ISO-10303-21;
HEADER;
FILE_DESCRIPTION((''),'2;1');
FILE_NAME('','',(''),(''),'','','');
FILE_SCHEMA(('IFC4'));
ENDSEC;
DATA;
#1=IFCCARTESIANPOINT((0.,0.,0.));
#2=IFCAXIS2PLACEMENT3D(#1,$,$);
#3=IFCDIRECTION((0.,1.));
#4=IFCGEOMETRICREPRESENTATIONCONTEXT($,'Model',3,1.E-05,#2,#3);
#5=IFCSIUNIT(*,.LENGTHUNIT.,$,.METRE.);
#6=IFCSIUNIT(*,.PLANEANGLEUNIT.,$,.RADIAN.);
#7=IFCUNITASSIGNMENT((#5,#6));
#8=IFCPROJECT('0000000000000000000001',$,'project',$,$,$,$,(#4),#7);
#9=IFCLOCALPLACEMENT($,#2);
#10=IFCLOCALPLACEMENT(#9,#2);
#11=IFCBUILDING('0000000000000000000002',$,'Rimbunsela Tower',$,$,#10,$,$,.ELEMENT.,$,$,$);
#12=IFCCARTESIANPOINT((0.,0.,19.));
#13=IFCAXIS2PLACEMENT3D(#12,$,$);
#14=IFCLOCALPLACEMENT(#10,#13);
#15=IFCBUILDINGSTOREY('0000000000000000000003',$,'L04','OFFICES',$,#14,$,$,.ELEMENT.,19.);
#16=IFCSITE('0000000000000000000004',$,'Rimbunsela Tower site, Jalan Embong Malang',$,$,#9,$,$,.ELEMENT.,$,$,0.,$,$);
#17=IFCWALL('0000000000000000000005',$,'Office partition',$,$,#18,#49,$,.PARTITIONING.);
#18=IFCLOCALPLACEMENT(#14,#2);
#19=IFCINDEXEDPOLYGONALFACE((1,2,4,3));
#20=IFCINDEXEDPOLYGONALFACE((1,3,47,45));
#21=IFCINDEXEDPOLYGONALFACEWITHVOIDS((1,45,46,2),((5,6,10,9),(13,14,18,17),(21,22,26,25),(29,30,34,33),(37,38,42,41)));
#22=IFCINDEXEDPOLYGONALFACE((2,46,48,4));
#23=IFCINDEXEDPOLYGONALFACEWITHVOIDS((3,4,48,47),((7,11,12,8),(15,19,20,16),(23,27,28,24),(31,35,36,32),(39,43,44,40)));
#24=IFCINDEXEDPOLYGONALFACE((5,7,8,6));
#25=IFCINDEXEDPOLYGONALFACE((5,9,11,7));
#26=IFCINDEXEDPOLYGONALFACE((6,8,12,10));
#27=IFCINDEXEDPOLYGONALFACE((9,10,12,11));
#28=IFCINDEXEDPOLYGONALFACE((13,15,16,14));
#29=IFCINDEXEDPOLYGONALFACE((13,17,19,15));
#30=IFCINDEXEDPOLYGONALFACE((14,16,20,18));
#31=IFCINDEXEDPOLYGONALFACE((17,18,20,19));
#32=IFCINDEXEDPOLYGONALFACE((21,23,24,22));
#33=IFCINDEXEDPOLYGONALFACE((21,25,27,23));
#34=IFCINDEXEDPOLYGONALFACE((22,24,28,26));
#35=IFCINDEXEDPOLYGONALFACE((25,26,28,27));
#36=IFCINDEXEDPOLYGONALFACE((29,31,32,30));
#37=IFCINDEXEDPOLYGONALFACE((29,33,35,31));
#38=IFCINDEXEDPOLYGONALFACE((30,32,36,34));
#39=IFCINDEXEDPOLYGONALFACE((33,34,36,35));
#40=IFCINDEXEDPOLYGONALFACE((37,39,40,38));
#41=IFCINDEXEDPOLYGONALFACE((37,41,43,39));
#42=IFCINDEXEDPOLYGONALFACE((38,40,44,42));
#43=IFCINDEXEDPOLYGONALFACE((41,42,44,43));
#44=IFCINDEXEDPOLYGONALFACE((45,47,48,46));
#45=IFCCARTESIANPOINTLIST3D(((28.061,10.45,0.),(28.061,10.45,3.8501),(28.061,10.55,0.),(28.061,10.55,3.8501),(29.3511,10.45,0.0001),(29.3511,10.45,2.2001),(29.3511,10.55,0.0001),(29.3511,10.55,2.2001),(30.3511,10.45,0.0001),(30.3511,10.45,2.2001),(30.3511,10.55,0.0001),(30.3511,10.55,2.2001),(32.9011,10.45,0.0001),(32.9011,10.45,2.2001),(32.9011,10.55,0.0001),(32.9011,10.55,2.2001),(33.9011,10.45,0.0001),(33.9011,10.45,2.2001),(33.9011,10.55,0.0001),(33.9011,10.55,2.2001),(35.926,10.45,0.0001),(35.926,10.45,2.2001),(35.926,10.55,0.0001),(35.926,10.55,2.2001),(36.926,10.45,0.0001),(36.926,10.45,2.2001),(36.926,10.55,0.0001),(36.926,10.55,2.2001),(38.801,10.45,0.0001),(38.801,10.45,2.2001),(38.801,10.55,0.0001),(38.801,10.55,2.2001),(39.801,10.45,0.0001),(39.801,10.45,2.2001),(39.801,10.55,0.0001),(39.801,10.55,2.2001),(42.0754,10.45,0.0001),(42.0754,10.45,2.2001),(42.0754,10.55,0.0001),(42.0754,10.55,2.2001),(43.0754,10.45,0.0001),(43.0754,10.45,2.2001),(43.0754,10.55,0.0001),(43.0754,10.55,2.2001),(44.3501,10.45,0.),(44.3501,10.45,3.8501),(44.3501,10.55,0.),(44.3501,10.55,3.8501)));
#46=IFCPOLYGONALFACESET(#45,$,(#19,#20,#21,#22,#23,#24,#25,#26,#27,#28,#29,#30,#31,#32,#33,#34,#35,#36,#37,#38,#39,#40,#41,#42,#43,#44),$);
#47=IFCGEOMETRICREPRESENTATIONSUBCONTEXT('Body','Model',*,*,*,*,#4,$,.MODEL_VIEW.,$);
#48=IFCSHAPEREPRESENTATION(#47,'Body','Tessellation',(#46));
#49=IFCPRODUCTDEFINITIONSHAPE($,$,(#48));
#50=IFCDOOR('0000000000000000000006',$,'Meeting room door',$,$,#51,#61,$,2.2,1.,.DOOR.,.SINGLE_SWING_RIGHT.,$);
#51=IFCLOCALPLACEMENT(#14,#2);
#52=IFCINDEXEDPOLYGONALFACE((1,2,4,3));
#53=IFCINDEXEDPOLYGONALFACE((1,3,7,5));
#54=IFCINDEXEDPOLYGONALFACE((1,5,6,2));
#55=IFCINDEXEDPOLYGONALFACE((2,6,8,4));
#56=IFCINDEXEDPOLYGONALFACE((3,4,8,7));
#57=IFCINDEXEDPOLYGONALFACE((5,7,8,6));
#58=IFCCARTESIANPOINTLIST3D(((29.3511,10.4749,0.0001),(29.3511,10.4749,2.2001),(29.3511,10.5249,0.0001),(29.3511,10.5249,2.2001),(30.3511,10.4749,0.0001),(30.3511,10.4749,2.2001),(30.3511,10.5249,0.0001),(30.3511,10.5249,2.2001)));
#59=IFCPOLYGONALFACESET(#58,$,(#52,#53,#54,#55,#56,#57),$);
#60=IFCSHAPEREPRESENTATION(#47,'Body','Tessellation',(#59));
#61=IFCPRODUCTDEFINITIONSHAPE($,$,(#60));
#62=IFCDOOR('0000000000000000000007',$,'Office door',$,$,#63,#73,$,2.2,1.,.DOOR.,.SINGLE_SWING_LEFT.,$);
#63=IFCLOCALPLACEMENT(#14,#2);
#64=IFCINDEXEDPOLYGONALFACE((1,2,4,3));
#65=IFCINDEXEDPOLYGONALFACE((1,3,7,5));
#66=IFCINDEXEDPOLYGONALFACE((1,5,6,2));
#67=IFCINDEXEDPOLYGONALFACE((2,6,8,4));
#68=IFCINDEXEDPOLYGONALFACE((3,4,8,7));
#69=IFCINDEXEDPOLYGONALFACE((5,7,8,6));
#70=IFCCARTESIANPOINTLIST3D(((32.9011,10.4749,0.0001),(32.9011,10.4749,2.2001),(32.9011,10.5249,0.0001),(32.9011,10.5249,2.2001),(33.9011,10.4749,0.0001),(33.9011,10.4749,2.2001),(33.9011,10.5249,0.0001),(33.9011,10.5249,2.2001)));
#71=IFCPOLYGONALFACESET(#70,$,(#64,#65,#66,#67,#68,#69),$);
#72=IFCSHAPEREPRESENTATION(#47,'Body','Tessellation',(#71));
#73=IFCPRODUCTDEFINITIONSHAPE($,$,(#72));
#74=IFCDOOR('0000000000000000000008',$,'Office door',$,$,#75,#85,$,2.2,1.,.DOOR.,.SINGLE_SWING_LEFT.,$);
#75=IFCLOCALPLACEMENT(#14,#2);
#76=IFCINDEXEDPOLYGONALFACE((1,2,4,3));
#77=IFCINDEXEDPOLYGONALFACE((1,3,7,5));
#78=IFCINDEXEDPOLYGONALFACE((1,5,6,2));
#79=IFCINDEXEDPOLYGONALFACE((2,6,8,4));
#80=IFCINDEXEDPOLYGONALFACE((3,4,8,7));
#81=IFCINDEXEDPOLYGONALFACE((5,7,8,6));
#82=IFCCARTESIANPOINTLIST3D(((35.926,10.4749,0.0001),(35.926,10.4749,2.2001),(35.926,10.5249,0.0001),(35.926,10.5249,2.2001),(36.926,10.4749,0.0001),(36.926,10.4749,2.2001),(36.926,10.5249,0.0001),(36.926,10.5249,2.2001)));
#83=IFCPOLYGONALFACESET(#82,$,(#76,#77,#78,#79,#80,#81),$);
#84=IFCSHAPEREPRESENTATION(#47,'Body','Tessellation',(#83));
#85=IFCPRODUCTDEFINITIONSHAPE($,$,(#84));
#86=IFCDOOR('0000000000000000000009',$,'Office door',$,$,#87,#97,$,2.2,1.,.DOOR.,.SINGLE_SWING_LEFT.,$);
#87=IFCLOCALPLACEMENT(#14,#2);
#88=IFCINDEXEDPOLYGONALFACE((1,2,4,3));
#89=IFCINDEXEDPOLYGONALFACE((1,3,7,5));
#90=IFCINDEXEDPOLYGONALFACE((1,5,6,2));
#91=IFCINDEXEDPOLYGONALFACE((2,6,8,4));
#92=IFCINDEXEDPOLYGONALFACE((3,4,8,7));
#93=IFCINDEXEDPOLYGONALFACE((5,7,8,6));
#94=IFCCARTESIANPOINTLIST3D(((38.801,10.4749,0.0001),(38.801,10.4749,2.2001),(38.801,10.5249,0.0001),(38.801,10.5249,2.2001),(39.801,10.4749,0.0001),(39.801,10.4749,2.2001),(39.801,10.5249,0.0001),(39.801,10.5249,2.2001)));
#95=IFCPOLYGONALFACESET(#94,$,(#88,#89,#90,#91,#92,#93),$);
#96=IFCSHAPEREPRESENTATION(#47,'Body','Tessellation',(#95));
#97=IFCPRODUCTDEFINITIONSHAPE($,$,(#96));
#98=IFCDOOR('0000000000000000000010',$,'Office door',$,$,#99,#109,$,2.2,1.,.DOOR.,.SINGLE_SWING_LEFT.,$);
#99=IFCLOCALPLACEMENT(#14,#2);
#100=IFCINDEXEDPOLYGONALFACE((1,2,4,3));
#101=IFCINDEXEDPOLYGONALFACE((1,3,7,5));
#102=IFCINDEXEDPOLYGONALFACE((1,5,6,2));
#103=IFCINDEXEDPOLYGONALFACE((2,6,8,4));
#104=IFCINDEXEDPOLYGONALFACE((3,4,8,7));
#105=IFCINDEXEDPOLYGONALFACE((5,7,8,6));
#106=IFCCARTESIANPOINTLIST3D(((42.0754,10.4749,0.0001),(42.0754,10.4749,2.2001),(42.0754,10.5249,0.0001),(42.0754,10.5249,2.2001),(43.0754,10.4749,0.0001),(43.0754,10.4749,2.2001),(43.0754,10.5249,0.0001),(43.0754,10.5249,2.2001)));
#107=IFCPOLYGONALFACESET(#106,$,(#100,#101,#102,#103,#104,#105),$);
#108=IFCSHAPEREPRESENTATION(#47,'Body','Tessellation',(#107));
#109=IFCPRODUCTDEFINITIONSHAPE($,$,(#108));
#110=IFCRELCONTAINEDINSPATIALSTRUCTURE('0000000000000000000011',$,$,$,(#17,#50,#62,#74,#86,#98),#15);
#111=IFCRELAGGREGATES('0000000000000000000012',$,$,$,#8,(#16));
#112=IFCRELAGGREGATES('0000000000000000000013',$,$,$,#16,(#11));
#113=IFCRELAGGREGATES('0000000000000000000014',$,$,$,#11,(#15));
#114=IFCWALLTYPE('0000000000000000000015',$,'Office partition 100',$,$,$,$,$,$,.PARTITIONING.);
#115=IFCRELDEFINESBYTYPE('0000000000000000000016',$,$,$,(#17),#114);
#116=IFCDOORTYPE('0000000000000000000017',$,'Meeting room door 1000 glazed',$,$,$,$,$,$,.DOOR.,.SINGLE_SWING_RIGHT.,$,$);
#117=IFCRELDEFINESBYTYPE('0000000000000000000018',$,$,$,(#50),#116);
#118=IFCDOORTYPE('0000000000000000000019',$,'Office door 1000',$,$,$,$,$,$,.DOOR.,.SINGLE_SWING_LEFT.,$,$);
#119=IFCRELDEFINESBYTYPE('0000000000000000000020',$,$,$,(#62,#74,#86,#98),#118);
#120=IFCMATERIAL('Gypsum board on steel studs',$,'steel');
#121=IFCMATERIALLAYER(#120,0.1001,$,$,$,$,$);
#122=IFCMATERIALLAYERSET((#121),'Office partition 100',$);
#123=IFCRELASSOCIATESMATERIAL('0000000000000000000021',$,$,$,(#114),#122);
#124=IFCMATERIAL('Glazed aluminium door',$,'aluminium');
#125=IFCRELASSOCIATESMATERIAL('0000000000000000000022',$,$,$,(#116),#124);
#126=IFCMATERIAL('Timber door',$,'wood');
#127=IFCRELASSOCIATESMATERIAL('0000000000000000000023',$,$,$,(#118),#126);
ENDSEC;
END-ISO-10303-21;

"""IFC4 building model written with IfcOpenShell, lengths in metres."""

from ifc_helpers import new_model, si_unit, direction, frame, frame_2d, origin, place, context, subcontext, project, spatial, rectangle, extrude, material, layer, layer_set, type_object, element, fill, save


model = new_model("IFC4")

# Units and contexts
model_context = context("Model", 3, precision=1e-05, world=origin(), true_north=direction((0.0, 1.0)))
body_context = subcontext(model_context, "Body", "Model", "MODEL_VIEW")
ifc_project = project(units=[si_unit("LENGTHUNIT", "METRE"), si_unit("PLANEANGLEUNIT", "RADIAN")], contexts=[model_context])

# Site, building, storey
site_placement = place(None, origin())
site = spatial("IfcSite", under=ifc_project, at=site_placement, Name="Rimbunsela Tower site, Jalan Embong Malang", CompositionType="ELEMENT", RefElevation=0.0)
building_placement = place(site_placement, origin())
building = spatial("IfcBuilding", under=site, at=building_placement, Name="Rimbunsela Tower", CompositionType="ELEMENT")
storey_placement = place(building_placement, frame((0.0, 0.0, 19.0)))
storey = spatial("IfcBuildingStorey", under=building, at=storey_placement, Name="L04", Description="OFFICES", CompositionType="ELEMENT", Elevation=19.0)

# Wall, openings, doors
ifc_material_1 = material(Name="Gypsum board on steel studs", Category="steel")
ifc_layer = layer(ifc_material_1, 0.1001)
ifc_layer_set = layer_set([ifc_layer], Name="Office partition 100")
wall_type = type_object("IfcWallType", Name="Office partition 100", PredefinedType="PARTITIONING", material=ifc_layer_set)
wall_placement = place(storey_placement, frame((28.061, 10.5, 0.0), z_axis=(0.0, 0.0, 1.0), x_axis=(1.0, 0.0, 0.0)))
wall = element("IfcWall", 1, at=wall_placement, inside=storey, type_object=wall_type, Name="Office partition", PredefinedType="PARTITIONING", context=body_context, shape_type="SweptSolid", body=[
    extrude(rectangle(XDim=16.2891, YDim=0.1001, at=frame_2d((8.1445, 0.0))), origin(), (0.0, 0.0, 1.0), 3.8501),
])
opening_1_placement = place(wall_placement, frame((1.29, 0.0, 0.0)))
opening_1 = element("IfcOpeningElement", 2, at=opening_1_placement, cuts=wall, PredefinedType="OPENING", context=body_context, shape_type="SweptSolid", body=[
    extrude(rectangle(XDim=1.0, YDim=2.2, at=frame_2d((0.5, 1.1001))), frame((0.0, 0.0601, 0.0), z_axis=(0.0, -1.0, 0.0), x_axis=(1.0, 0.0, 0.0)), (0.0, 0.0, 1.0), 0.1201),
])
opening_2_placement = place(wall_placement, frame((4.8401, 0.0, 0.0)))
opening_2 = element("IfcOpeningElement", 3, at=opening_2_placement, cuts=wall, PredefinedType="OPENING", context=body_context, shape_type="SweptSolid", body=[
    extrude(rectangle(XDim=1.0, YDim=2.2, at=frame_2d((0.5, 1.1001))), frame((0.0, 0.0601, 0.0), z_axis=(0.0, -1.0, 0.0), x_axis=(1.0, 0.0, 0.0)), (0.0, 0.0, 1.0), 0.1201),
])
opening_3_placement = place(wall_placement, frame((7.865, 0.0, 0.0)))
opening_3 = element("IfcOpeningElement", 4, at=opening_3_placement, cuts=wall, PredefinedType="OPENING", context=body_context, shape_type="SweptSolid", body=[
    extrude(rectangle(XDim=1.0, YDim=2.2, at=frame_2d((0.5, 1.1001))), frame((0.0, 0.0601, 0.0), z_axis=(0.0, -1.0, 0.0), x_axis=(1.0, 0.0, 0.0)), (0.0, 0.0, 1.0), 0.1201),
])
opening_4_placement = place(wall_placement, frame((10.74, 0.0, 0.0)))
opening_4 = element("IfcOpeningElement", 5, at=opening_4_placement, cuts=wall, PredefinedType="OPENING", context=body_context, shape_type="SweptSolid", body=[
    extrude(rectangle(XDim=1.0, YDim=2.2, at=frame_2d((0.5, 1.1001))), frame((0.0, 0.0601, 0.0), z_axis=(0.0, -1.0, 0.0), x_axis=(1.0, 0.0, 0.0)), (0.0, 0.0, 1.0), 0.1201),
])
opening_5_placement = place(wall_placement, frame((14.0144, 0.0, 0.0)))
opening_5 = element("IfcOpeningElement", 6, at=opening_5_placement, cuts=wall, PredefinedType="OPENING", context=body_context, shape_type="SweptSolid", body=[
    extrude(rectangle(XDim=1.0, YDim=2.2, at=frame_2d((0.5, 1.1001))), frame((0.0, 0.0601, 0.0), z_axis=(0.0, -1.0, 0.0), x_axis=(1.0, 0.0, 0.0)), (0.0, 0.0, 1.0), 0.1201),
])
ifc_material_2 = material(Name="Glazed aluminium door", Category="aluminium")
door_type_1 = type_object("IfcDoorType", Name="Meeting room door 1000 glazed", OperationType="SINGLE_SWING_RIGHT", PredefinedType="DOOR", material=ifc_material_2)
door_1_placement = place(opening_1_placement, origin())
door_1 = element("IfcDoor", 7, at=door_1_placement, inside=storey, type_object=door_type_1, Name="Meeting room door", OperationType="SINGLE_SWING_RIGHT", OverallHeight=2.2, OverallWidth=1.0, PredefinedType="DOOR", context=body_context, shape_type="SweptSolid", body=[
    extrude(rectangle(XDim=1.0, YDim=2.2, at=frame_2d((0.5, 1.1001))), frame((0.0, 0.0249, 0.0), z_axis=(0.0, -1.0, 0.0), x_axis=(1.0, 0.0, 0.0)), (0.0, 0.0, 1.0), 0.05),
])
fill(opening_1, door_1)
ifc_material_3 = material(Name="Timber door", Category="wood")
door_type_2 = type_object("IfcDoorType", Name="Office door 1000", OperationType="SINGLE_SWING_LEFT", PredefinedType="DOOR", material=ifc_material_3)
door_2_placement = place(opening_2_placement, origin())
door_2 = element("IfcDoor", 8, at=door_2_placement, inside=storey, type_object=door_type_2, Name="Office door", OperationType="SINGLE_SWING_LEFT", OverallHeight=2.2, OverallWidth=1.0, PredefinedType="DOOR", context=body_context, shape_type="SweptSolid", body=[
    extrude(rectangle(XDim=1.0, YDim=2.2, at=frame_2d((0.5, 1.1001))), frame((0.0, 0.0249, 0.0), z_axis=(0.0, -1.0, 0.0), x_axis=(1.0, 0.0, 0.0)), (0.0, 0.0, 1.0), 0.05),
])
fill(opening_2, door_2)
door_3_placement = place(opening_3_placement, origin())
door_3 = element("IfcDoor", 9, at=door_3_placement, inside=storey, type_object=door_type_2, Name="Office door", OperationType="SINGLE_SWING_LEFT", OverallHeight=2.2, OverallWidth=1.0, PredefinedType="DOOR", context=body_context, shape_type="SweptSolid", body=[
    extrude(rectangle(XDim=1.0, YDim=2.2, at=frame_2d((0.5, 1.1001))), frame((0.0, 0.0249, 0.0), z_axis=(0.0, -1.0, 0.0), x_axis=(1.0, 0.0, 0.0)), (0.0, 0.0, 1.0), 0.05),
])
fill(opening_3, door_3)
door_4_placement = place(opening_4_placement, origin())
door_4 = element("IfcDoor", 10, at=door_4_placement, inside=storey, type_object=door_type_2, Name="Office door", OperationType="SINGLE_SWING_LEFT", OverallHeight=2.2, OverallWidth=1.0, PredefinedType="DOOR", context=body_context, shape_type="SweptSolid", body=[
    extrude(rectangle(XDim=1.0, YDim=2.2, at=frame_2d((0.5, 1.1001))), frame((0.0, 0.0249, 0.0), z_axis=(0.0, -1.0, 0.0), x_axis=(1.0, 0.0, 0.0)), (0.0, 0.0, 1.0), 0.05),
])
fill(opening_4, door_4)
door_5_placement = place(opening_5_placement, origin())
door_5 = element("IfcDoor", 11, at=door_5_placement, inside=storey, type_object=door_type_2, Name="Office door", OperationType="SINGLE_SWING_LEFT", OverallHeight=2.2, OverallWidth=1.0, PredefinedType="DOOR", context=body_context, shape_type="SweptSolid", body=[
    extrude(rectangle(XDim=1.0, YDim=2.2, at=frame_2d((0.5, 1.1001))), frame((0.0, 0.0249, 0.0), z_axis=(0.0, -1.0, 0.0), x_axis=(1.0, 0.0, 0.0)), (0.0, 0.0, 1.0), 0.05),
])
fill(opening_5, door_5)

save(model, "model.ifc")
